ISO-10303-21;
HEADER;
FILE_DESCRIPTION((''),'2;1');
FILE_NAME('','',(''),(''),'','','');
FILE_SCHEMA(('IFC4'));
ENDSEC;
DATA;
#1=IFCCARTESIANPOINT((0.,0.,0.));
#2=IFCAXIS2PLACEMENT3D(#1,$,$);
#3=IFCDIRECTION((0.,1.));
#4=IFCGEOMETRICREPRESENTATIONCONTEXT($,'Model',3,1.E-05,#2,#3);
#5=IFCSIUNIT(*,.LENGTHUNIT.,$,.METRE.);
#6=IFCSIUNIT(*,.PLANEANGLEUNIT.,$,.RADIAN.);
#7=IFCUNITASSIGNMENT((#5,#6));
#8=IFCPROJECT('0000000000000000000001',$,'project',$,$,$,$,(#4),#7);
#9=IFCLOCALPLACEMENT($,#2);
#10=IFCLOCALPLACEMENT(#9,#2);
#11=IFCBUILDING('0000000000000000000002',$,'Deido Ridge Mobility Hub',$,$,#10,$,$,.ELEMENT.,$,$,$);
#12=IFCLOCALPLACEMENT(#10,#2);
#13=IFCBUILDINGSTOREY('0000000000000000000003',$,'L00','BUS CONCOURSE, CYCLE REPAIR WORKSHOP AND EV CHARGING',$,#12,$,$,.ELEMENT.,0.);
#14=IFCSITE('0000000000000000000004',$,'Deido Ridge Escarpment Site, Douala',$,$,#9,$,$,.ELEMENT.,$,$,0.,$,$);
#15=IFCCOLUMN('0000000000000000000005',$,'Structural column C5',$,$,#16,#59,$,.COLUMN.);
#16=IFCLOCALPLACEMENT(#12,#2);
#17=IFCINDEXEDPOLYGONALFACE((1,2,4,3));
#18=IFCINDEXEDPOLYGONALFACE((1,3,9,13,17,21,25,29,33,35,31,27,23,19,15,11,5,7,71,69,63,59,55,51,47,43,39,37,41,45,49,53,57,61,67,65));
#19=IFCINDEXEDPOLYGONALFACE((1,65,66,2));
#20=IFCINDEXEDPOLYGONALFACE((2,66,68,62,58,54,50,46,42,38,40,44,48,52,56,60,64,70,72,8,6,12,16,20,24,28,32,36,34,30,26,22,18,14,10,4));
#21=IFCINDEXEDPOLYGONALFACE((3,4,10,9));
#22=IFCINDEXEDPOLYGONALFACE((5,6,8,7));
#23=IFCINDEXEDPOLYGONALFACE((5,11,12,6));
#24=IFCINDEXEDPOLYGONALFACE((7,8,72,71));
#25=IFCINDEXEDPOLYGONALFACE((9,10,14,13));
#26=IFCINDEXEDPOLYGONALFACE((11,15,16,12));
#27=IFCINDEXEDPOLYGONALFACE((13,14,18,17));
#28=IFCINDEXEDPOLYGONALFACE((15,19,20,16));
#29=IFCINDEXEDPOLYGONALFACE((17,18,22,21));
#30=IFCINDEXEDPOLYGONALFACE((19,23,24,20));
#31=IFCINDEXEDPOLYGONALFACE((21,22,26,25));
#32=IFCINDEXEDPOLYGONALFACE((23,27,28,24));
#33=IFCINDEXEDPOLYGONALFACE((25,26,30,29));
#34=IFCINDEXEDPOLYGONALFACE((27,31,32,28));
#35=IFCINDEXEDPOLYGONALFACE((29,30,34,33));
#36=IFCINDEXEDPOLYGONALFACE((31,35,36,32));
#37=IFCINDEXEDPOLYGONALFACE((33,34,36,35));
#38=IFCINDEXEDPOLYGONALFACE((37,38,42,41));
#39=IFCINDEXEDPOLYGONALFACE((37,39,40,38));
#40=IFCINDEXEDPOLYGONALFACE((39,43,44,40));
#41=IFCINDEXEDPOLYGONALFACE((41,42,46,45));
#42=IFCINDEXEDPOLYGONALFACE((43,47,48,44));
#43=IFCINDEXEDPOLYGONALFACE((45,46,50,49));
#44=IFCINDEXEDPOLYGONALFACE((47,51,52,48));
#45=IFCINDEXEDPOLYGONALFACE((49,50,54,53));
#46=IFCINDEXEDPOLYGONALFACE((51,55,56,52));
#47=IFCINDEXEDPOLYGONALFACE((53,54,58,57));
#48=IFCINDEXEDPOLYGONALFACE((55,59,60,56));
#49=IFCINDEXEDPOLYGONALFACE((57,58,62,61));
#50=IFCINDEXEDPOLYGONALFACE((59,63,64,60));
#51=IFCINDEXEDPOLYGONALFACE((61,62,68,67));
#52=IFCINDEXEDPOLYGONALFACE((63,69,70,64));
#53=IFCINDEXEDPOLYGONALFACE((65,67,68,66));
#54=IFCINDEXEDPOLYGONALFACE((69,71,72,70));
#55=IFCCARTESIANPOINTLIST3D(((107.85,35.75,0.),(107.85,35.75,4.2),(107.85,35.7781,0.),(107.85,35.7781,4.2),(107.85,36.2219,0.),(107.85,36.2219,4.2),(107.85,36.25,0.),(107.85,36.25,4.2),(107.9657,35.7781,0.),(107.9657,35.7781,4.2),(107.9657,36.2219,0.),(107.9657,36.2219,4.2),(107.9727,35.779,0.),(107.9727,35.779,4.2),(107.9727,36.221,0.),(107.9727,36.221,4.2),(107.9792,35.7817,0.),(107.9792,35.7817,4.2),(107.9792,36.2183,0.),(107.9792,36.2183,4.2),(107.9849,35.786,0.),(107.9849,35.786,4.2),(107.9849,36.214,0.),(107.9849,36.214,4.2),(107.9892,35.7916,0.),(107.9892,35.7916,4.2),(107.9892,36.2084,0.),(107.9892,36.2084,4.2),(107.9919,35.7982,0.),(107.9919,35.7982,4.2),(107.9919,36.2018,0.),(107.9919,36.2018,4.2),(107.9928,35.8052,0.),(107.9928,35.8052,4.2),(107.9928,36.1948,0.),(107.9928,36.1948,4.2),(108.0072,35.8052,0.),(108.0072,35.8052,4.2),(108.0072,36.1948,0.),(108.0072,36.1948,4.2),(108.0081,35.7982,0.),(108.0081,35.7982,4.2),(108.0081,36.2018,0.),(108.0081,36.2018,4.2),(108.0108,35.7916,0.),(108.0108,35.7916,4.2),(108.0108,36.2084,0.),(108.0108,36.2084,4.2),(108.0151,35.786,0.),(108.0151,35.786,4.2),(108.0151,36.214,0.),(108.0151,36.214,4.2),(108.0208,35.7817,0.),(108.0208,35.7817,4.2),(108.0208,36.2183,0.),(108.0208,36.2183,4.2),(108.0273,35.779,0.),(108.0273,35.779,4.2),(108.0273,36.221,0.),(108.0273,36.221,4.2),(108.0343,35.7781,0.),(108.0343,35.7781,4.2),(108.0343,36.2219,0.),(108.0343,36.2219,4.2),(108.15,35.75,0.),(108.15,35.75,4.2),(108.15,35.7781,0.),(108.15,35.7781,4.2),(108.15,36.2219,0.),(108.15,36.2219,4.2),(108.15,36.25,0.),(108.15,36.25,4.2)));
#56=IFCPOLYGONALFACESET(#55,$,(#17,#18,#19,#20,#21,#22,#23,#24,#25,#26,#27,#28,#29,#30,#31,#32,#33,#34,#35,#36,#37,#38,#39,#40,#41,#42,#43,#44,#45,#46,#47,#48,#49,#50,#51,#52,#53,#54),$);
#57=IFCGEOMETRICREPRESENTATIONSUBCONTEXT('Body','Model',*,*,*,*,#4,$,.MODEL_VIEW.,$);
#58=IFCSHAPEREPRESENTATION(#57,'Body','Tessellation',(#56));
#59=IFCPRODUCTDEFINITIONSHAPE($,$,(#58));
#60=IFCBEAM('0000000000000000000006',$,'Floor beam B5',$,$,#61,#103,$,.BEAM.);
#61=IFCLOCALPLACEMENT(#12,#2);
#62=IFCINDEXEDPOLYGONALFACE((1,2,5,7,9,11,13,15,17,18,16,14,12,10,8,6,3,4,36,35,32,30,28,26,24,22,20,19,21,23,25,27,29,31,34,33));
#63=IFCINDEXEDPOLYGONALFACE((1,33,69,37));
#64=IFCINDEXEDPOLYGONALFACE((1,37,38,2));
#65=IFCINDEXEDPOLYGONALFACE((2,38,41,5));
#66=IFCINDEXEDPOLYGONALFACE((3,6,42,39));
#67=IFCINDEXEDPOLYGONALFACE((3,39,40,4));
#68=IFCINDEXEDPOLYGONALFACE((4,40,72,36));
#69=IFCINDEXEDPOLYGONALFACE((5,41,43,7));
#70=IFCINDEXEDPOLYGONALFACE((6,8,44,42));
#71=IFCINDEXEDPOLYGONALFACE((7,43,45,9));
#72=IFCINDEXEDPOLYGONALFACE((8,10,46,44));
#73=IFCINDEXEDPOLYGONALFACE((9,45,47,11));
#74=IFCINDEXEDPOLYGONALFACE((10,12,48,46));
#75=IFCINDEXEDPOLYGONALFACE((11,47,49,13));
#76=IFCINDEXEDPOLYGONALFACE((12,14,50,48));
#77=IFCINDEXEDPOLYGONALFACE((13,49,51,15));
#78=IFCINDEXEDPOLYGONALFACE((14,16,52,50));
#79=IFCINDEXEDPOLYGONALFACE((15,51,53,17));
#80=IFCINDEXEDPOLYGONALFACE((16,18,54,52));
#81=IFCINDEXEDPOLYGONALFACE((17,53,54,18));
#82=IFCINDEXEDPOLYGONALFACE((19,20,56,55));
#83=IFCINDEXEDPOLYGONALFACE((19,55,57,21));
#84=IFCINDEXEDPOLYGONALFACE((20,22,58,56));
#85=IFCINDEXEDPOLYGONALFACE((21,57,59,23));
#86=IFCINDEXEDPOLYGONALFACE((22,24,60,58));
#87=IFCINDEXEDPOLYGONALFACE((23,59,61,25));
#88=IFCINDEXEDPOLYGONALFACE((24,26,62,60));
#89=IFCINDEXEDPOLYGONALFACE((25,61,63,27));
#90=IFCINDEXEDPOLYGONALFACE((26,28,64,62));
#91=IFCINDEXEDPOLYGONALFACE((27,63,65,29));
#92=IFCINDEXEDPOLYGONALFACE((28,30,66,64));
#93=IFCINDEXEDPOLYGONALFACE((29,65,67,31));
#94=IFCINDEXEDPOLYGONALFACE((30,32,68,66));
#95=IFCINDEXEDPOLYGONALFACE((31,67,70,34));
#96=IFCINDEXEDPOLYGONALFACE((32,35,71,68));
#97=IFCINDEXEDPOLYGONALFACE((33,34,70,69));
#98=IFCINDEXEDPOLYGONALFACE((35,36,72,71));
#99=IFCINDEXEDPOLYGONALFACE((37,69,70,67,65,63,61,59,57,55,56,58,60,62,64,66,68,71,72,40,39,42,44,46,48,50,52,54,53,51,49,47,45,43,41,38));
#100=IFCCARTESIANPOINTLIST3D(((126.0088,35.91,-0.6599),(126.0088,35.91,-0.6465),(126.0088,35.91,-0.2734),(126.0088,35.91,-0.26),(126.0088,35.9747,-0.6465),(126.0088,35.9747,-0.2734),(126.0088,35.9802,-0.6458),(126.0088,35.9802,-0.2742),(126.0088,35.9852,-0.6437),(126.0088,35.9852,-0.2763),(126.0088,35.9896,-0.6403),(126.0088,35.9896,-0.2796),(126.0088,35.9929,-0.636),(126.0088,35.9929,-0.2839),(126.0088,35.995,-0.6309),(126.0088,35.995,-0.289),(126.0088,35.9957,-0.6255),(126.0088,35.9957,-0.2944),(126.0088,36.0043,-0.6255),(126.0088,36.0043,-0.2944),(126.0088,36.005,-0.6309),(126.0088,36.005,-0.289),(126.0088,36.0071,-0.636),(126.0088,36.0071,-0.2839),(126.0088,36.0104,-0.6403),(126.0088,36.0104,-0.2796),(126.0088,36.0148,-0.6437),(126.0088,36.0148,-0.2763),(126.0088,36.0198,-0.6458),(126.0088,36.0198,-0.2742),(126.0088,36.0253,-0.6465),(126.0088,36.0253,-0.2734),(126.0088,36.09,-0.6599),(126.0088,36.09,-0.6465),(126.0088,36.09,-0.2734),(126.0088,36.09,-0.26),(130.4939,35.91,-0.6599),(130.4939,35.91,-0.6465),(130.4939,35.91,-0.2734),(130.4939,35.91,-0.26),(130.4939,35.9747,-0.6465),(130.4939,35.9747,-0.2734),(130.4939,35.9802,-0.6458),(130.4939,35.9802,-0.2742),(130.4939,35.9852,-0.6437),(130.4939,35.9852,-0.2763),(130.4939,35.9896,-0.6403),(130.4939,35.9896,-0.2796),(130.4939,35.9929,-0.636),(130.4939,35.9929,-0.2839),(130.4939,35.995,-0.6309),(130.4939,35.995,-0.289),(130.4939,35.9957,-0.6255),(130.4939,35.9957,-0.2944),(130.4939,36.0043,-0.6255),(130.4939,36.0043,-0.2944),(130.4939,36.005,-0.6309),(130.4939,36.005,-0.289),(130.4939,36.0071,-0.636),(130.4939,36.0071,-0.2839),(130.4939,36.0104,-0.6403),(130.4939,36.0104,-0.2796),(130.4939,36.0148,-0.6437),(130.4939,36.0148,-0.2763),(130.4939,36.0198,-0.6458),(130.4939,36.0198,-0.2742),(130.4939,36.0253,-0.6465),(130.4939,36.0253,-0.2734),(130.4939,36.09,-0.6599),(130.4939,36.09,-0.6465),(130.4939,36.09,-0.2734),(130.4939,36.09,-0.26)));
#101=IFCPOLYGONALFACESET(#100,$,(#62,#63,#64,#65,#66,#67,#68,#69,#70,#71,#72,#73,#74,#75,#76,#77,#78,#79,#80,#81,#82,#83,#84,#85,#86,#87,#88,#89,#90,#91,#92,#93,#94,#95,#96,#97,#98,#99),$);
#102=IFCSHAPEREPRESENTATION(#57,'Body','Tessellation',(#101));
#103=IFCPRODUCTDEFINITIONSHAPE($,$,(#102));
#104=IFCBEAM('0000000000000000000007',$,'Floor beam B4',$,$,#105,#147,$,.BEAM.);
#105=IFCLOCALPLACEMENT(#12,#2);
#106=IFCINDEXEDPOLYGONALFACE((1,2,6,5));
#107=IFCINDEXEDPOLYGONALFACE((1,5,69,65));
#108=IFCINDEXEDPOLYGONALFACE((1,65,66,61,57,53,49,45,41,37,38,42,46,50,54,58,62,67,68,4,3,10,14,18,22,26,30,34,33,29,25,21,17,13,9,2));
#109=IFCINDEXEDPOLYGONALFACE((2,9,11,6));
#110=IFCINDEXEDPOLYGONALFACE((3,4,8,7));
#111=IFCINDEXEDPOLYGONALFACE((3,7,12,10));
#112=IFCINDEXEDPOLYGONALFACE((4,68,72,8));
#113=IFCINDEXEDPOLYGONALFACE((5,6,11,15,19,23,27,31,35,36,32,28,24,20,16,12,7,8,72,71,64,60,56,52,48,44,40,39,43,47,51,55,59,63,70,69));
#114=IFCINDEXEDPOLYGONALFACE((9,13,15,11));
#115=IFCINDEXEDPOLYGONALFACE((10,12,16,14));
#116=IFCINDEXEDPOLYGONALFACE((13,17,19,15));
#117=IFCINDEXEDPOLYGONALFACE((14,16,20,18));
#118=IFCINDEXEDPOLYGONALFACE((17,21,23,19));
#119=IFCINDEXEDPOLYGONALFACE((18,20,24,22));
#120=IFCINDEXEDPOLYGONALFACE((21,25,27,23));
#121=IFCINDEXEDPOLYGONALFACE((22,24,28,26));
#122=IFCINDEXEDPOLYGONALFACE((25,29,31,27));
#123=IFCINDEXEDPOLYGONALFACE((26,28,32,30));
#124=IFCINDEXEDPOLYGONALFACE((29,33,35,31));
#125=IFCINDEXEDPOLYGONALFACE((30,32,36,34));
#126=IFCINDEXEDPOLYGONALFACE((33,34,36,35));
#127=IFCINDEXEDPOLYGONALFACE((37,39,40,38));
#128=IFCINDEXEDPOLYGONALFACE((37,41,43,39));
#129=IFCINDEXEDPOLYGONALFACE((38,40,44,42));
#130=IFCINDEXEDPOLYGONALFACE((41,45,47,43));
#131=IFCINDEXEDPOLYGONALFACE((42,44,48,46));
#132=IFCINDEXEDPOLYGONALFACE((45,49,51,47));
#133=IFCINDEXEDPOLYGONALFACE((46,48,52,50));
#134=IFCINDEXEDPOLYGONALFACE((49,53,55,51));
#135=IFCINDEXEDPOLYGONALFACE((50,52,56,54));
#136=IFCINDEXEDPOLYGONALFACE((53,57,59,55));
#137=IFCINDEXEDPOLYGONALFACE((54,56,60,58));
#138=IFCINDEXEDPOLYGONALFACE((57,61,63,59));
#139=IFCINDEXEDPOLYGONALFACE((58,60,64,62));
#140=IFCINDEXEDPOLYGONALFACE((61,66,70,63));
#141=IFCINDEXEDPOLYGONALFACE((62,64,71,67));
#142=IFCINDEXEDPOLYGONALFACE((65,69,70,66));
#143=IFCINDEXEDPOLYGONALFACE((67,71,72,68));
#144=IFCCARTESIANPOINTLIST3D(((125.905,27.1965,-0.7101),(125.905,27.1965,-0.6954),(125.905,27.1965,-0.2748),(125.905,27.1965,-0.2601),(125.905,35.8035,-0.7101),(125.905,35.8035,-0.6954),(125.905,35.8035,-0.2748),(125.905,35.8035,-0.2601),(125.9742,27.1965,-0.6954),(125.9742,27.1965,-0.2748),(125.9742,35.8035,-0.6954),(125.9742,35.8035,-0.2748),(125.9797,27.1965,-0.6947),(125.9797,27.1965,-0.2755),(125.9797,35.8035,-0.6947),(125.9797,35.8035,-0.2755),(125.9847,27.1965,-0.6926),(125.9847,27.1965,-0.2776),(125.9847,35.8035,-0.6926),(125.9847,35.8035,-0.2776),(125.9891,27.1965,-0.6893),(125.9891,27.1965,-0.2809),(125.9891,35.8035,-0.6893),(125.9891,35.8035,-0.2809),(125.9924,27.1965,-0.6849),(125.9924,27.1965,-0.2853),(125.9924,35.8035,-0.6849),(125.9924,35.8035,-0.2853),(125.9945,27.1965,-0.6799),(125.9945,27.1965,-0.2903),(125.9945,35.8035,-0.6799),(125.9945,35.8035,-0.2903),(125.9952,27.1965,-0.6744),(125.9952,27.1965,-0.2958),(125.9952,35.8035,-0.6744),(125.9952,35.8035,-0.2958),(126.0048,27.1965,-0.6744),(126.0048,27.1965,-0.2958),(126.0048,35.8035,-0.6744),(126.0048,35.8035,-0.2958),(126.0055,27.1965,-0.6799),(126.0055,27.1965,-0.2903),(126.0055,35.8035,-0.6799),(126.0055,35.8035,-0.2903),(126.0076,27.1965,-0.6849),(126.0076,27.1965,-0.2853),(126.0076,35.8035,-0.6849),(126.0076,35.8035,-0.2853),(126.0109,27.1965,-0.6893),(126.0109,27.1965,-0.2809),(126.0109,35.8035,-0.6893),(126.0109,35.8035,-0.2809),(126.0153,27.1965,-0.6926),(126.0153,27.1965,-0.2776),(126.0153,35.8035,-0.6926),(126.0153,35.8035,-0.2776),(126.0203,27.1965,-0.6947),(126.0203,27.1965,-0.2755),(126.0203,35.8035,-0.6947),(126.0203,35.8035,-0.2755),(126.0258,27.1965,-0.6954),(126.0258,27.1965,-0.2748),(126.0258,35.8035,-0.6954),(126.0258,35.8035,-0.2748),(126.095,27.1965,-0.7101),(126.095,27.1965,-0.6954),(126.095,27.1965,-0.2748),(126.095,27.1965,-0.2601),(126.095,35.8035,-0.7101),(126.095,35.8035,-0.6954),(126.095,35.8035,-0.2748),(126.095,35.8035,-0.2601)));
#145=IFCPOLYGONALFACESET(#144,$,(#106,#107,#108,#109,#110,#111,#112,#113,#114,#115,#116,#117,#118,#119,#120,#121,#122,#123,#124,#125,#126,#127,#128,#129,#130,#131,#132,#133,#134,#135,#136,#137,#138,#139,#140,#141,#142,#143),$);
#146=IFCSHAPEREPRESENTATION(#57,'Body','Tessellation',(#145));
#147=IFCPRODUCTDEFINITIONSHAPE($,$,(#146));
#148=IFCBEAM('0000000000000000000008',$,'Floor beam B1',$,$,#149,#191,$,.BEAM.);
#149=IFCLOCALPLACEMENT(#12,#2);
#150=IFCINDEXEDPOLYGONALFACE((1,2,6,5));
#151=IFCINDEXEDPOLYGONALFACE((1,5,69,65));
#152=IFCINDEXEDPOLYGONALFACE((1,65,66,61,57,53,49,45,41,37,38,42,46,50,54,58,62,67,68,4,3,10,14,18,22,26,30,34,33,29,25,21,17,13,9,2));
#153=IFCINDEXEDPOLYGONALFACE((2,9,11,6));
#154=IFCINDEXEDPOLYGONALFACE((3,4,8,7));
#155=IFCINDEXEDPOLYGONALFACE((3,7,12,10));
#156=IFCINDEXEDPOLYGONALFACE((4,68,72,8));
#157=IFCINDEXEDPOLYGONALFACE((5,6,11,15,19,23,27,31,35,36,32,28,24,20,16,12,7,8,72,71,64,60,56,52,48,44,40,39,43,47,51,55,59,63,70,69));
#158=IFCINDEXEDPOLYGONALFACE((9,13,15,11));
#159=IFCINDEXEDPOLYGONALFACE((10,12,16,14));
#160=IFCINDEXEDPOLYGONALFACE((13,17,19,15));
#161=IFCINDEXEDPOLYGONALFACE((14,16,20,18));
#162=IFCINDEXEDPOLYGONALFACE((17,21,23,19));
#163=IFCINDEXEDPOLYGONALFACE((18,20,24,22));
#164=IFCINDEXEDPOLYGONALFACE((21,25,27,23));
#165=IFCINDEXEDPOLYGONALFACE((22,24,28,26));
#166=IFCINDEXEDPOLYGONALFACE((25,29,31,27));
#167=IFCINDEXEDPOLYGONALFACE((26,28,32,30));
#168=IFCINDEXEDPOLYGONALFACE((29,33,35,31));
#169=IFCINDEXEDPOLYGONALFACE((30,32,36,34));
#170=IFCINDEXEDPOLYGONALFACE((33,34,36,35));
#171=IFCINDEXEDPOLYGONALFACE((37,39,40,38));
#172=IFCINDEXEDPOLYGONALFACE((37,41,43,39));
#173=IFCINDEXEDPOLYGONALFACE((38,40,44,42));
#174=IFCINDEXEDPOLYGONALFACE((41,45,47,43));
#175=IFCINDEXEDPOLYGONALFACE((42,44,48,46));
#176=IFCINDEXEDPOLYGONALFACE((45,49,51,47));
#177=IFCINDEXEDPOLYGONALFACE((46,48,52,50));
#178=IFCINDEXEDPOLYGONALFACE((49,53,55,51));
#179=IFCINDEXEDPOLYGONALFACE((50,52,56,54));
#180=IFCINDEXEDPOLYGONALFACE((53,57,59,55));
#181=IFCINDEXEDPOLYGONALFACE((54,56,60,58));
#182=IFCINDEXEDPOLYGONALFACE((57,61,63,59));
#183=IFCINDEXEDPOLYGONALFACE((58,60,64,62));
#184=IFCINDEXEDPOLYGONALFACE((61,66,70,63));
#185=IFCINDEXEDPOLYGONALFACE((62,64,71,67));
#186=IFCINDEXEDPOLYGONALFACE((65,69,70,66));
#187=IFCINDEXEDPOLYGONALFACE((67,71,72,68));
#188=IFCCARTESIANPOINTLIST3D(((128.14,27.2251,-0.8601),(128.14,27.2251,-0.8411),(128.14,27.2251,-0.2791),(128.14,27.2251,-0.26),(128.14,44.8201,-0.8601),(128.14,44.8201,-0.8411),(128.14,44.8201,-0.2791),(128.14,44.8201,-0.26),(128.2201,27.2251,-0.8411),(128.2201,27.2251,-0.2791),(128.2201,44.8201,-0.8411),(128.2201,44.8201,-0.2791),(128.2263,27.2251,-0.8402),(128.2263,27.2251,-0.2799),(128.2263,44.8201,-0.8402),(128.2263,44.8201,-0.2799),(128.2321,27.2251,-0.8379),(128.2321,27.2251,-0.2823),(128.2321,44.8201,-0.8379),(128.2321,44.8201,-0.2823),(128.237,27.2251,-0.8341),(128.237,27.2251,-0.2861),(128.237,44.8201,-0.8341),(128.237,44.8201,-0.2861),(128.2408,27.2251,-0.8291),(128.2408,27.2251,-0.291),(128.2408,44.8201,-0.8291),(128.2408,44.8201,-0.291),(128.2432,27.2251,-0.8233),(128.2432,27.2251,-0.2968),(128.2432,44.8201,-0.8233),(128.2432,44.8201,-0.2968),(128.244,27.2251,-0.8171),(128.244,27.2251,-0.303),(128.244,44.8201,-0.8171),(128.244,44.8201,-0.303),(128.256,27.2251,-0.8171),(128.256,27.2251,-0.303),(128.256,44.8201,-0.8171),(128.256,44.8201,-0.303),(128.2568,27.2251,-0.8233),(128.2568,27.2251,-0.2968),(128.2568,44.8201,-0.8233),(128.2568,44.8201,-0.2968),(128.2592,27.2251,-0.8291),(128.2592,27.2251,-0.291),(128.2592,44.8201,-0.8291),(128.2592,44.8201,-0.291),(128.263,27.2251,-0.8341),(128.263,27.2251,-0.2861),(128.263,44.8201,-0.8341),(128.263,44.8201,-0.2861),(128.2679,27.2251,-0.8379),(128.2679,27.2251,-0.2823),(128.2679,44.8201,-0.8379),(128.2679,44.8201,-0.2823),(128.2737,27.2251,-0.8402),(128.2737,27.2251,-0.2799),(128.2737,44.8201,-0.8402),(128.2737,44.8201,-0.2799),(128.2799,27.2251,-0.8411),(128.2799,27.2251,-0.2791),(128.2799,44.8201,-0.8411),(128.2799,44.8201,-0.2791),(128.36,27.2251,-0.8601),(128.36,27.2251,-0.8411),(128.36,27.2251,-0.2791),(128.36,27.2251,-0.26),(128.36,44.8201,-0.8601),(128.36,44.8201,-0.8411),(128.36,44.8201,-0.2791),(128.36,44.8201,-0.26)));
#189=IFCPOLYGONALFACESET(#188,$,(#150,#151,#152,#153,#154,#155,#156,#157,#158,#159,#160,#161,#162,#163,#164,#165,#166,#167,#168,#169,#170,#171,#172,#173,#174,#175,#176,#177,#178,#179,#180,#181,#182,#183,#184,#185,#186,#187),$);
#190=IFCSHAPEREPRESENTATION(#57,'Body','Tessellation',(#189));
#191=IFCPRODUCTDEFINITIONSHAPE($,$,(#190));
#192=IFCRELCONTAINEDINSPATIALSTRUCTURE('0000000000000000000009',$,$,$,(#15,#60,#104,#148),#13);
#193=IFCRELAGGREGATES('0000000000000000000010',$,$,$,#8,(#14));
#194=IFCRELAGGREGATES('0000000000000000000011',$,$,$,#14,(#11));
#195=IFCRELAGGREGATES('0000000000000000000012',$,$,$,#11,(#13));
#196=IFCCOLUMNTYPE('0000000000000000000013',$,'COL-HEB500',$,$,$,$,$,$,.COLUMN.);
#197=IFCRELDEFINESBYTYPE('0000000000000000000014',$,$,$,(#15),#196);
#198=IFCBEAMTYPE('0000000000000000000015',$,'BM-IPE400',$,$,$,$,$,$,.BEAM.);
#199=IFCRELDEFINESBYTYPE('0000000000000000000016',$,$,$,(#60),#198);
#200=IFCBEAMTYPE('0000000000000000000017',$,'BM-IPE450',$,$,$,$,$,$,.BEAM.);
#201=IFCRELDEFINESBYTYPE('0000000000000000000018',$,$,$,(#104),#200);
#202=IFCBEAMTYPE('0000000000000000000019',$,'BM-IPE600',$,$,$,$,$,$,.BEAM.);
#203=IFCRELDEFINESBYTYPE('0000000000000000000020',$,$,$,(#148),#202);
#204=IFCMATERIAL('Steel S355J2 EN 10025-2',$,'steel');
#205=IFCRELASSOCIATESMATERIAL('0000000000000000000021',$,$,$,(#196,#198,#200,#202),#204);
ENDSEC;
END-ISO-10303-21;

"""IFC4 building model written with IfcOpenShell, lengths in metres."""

from ifc_helpers import new_model, si_unit, direction, frame, origin, origin_2d, place, context, subcontext, project, spatial, i_section, extrude, material, material_profile, profile_set, type_object, element, save


model = new_model("IFC4")

# Units and contexts
model_context = context("Model", 3, precision=1e-05, world=origin(), true_north=direction((0.0, 1.0)))
body_context = subcontext(model_context, "Body", "Model", "MODEL_VIEW")
ifc_project = project(units=[si_unit("LENGTHUNIT", "METRE"), si_unit("PLANEANGLEUNIT", "RADIAN")], contexts=[model_context])

# Site, building, storey
site_placement = place(None, origin())
site = spatial("IfcSite", under=ifc_project, at=site_placement, Name="Deido Ridge Escarpment Site, Douala", CompositionType="ELEMENT", RefElevation=0.0)
building_placement = place(site_placement, origin())
building = spatial("IfcBuilding", under=site, at=building_placement, Name="Deido Ridge Mobility Hub", CompositionType="ELEMENT")
storey_placement = place(building_placement, origin())
storey = spatial("IfcBuildingStorey", under=building, at=storey_placement, Name="L00", Description="BUS CONCOURSE, CYCLE REPAIR WORKSHOP AND EV CHARGING", CompositionType="ELEMENT", Elevation=0.0)

# Column
ifc_material_1 = material(Name="Steel S355J2 EN 10025-2", Category="steel")
ifc_material_profile_1 = material_profile(ifc_material_1, i_section(OverallWidth=0.3, OverallDepth=0.5, WebThickness=0.0144, FlangeThickness=0.0281, FilletRadius=0.0271, at=origin_2d()), Name="HEB 500")
ifc_profile_set_1 = profile_set([ifc_material_profile_1], Name="Steel S355J2 EN 10025-2")
column_type_1 = type_object("IfcColumnType", Name="COL-HEB500", PredefinedType="COLUMN", material=ifc_profile_set_1)
column_1_placement = place(storey_placement, frame((108.0, 36.0, 0.0), z_axis=(0.0, 0.0, 1.0), x_axis=(1.0, 0.0, 0.0)))
element("IfcColumn", 1, at=column_1_placement, inside=storey, type_object=column_type_1, Name="Structural column C5", PredefinedType="COLUMN", context=body_context, shape_type="SweptSolid", body=[
    extrude(i_section(OverallWidth=0.3, OverallDepth=0.5, WebThickness=0.0144, FlangeThickness=0.0281, FilletRadius=0.0271, at=origin_2d()), origin(), (0.0, 0.0, 1.0), 4.2),
])

# Beams
ifc_material_profile_2 = material_profile(ifc_material_1, i_section(OverallWidth=0.1799, OverallDepth=0.3999, WebThickness=0.0085, FlangeThickness=0.0134, FilletRadius=0.021, at=origin_2d()), Name="IPE 400")
ifc_profile_set_2 = profile_set([ifc_material_profile_2], Name="Steel S355J2 EN 10025-2")
beam_type_1 = type_object("IfcBeamType", Name="BM-IPE400", PredefinedType="BEAM", material=ifc_profile_set_2)
beam_1_placement = place(storey_placement, frame((126.0088, 36.0, -0.46), z_axis=(1.0, 0.0, 0.0), x_axis=(0.0, 1.0, 0.0)))
element("IfcBeam", 2, at=beam_1_placement, inside=storey, type_object=beam_type_1, Name="Floor beam B5", PredefinedType="BEAM", context=body_context, shape_type="SweptSolid", body=[
    extrude(i_section(OverallWidth=0.1799, OverallDepth=0.3999, WebThickness=0.0085, FlangeThickness=0.0134, FilletRadius=0.021, at=origin_2d()), origin(), (0.0, 0.0, 1.0), 4.4851),
])
ifc_material_profile_3 = material_profile(ifc_material_1, i_section(OverallWidth=0.1899, OverallDepth=0.45, WebThickness=0.0095, FlangeThickness=0.0146, FilletRadius=0.021, at=origin_2d()), Name="IPE 450")
ifc_profile_set_3 = profile_set([ifc_material_profile_3], Name="Steel S355J2 EN 10025-2")
beam_type_2 = type_object("IfcBeamType", Name="BM-IPE450", PredefinedType="BEAM", material=ifc_profile_set_3)
beam_2_placement = place(storey_placement, frame((126.0, 27.1965, -0.4851), z_axis=(0.0, 1.0, 0.0), x_axis=(-1.0, 0.0, 0.0)))
element("IfcBeam", 3, at=beam_2_placement, inside=storey, type_object=beam_type_2, Name="Floor beam B4", PredefinedType="BEAM", context=body_context, shape_type="SweptSolid", body=[
    extrude(i_section(OverallWidth=0.1899, OverallDepth=0.45, WebThickness=0.0095, FlangeThickness=0.0146, FilletRadius=0.021, at=origin_2d()), origin(), (0.0, 0.0, 1.0), 8.6069),
])
ifc_material_profile_4 = material_profile(ifc_material_1, i_section(OverallWidth=0.22, OverallDepth=0.6001, WebThickness=0.012, FlangeThickness=0.019, FilletRadius=0.0239, at=origin_2d()), Name="IPE 600")
ifc_profile_set_4 = profile_set([ifc_material_profile_4], Name="Steel S355J2 EN 10025-2")
beam_type_3 = type_object("IfcBeamType", Name="BM-IPE600", PredefinedType="BEAM", material=ifc_profile_set_4)
beam_3_placement = place(storey_placement, frame((128.25, 27.2251, -0.5601), z_axis=(0.0, 1.0, 0.0), x_axis=(-1.0, 0.0, 0.0)))
element("IfcBeam", 4, at=beam_3_placement, inside=storey, type_object=beam_type_3, Name="Floor beam B1", PredefinedType="BEAM", context=body_context, shape_type="SweptSolid", body=[
    extrude(i_section(OverallWidth=0.22, OverallDepth=0.6001, WebThickness=0.012, FlangeThickness=0.019, FilletRadius=0.0239, at=origin_2d()), origin(), (0.0, 0.0, 1.0), 17.595),
])

save(model, "model.ifc")
